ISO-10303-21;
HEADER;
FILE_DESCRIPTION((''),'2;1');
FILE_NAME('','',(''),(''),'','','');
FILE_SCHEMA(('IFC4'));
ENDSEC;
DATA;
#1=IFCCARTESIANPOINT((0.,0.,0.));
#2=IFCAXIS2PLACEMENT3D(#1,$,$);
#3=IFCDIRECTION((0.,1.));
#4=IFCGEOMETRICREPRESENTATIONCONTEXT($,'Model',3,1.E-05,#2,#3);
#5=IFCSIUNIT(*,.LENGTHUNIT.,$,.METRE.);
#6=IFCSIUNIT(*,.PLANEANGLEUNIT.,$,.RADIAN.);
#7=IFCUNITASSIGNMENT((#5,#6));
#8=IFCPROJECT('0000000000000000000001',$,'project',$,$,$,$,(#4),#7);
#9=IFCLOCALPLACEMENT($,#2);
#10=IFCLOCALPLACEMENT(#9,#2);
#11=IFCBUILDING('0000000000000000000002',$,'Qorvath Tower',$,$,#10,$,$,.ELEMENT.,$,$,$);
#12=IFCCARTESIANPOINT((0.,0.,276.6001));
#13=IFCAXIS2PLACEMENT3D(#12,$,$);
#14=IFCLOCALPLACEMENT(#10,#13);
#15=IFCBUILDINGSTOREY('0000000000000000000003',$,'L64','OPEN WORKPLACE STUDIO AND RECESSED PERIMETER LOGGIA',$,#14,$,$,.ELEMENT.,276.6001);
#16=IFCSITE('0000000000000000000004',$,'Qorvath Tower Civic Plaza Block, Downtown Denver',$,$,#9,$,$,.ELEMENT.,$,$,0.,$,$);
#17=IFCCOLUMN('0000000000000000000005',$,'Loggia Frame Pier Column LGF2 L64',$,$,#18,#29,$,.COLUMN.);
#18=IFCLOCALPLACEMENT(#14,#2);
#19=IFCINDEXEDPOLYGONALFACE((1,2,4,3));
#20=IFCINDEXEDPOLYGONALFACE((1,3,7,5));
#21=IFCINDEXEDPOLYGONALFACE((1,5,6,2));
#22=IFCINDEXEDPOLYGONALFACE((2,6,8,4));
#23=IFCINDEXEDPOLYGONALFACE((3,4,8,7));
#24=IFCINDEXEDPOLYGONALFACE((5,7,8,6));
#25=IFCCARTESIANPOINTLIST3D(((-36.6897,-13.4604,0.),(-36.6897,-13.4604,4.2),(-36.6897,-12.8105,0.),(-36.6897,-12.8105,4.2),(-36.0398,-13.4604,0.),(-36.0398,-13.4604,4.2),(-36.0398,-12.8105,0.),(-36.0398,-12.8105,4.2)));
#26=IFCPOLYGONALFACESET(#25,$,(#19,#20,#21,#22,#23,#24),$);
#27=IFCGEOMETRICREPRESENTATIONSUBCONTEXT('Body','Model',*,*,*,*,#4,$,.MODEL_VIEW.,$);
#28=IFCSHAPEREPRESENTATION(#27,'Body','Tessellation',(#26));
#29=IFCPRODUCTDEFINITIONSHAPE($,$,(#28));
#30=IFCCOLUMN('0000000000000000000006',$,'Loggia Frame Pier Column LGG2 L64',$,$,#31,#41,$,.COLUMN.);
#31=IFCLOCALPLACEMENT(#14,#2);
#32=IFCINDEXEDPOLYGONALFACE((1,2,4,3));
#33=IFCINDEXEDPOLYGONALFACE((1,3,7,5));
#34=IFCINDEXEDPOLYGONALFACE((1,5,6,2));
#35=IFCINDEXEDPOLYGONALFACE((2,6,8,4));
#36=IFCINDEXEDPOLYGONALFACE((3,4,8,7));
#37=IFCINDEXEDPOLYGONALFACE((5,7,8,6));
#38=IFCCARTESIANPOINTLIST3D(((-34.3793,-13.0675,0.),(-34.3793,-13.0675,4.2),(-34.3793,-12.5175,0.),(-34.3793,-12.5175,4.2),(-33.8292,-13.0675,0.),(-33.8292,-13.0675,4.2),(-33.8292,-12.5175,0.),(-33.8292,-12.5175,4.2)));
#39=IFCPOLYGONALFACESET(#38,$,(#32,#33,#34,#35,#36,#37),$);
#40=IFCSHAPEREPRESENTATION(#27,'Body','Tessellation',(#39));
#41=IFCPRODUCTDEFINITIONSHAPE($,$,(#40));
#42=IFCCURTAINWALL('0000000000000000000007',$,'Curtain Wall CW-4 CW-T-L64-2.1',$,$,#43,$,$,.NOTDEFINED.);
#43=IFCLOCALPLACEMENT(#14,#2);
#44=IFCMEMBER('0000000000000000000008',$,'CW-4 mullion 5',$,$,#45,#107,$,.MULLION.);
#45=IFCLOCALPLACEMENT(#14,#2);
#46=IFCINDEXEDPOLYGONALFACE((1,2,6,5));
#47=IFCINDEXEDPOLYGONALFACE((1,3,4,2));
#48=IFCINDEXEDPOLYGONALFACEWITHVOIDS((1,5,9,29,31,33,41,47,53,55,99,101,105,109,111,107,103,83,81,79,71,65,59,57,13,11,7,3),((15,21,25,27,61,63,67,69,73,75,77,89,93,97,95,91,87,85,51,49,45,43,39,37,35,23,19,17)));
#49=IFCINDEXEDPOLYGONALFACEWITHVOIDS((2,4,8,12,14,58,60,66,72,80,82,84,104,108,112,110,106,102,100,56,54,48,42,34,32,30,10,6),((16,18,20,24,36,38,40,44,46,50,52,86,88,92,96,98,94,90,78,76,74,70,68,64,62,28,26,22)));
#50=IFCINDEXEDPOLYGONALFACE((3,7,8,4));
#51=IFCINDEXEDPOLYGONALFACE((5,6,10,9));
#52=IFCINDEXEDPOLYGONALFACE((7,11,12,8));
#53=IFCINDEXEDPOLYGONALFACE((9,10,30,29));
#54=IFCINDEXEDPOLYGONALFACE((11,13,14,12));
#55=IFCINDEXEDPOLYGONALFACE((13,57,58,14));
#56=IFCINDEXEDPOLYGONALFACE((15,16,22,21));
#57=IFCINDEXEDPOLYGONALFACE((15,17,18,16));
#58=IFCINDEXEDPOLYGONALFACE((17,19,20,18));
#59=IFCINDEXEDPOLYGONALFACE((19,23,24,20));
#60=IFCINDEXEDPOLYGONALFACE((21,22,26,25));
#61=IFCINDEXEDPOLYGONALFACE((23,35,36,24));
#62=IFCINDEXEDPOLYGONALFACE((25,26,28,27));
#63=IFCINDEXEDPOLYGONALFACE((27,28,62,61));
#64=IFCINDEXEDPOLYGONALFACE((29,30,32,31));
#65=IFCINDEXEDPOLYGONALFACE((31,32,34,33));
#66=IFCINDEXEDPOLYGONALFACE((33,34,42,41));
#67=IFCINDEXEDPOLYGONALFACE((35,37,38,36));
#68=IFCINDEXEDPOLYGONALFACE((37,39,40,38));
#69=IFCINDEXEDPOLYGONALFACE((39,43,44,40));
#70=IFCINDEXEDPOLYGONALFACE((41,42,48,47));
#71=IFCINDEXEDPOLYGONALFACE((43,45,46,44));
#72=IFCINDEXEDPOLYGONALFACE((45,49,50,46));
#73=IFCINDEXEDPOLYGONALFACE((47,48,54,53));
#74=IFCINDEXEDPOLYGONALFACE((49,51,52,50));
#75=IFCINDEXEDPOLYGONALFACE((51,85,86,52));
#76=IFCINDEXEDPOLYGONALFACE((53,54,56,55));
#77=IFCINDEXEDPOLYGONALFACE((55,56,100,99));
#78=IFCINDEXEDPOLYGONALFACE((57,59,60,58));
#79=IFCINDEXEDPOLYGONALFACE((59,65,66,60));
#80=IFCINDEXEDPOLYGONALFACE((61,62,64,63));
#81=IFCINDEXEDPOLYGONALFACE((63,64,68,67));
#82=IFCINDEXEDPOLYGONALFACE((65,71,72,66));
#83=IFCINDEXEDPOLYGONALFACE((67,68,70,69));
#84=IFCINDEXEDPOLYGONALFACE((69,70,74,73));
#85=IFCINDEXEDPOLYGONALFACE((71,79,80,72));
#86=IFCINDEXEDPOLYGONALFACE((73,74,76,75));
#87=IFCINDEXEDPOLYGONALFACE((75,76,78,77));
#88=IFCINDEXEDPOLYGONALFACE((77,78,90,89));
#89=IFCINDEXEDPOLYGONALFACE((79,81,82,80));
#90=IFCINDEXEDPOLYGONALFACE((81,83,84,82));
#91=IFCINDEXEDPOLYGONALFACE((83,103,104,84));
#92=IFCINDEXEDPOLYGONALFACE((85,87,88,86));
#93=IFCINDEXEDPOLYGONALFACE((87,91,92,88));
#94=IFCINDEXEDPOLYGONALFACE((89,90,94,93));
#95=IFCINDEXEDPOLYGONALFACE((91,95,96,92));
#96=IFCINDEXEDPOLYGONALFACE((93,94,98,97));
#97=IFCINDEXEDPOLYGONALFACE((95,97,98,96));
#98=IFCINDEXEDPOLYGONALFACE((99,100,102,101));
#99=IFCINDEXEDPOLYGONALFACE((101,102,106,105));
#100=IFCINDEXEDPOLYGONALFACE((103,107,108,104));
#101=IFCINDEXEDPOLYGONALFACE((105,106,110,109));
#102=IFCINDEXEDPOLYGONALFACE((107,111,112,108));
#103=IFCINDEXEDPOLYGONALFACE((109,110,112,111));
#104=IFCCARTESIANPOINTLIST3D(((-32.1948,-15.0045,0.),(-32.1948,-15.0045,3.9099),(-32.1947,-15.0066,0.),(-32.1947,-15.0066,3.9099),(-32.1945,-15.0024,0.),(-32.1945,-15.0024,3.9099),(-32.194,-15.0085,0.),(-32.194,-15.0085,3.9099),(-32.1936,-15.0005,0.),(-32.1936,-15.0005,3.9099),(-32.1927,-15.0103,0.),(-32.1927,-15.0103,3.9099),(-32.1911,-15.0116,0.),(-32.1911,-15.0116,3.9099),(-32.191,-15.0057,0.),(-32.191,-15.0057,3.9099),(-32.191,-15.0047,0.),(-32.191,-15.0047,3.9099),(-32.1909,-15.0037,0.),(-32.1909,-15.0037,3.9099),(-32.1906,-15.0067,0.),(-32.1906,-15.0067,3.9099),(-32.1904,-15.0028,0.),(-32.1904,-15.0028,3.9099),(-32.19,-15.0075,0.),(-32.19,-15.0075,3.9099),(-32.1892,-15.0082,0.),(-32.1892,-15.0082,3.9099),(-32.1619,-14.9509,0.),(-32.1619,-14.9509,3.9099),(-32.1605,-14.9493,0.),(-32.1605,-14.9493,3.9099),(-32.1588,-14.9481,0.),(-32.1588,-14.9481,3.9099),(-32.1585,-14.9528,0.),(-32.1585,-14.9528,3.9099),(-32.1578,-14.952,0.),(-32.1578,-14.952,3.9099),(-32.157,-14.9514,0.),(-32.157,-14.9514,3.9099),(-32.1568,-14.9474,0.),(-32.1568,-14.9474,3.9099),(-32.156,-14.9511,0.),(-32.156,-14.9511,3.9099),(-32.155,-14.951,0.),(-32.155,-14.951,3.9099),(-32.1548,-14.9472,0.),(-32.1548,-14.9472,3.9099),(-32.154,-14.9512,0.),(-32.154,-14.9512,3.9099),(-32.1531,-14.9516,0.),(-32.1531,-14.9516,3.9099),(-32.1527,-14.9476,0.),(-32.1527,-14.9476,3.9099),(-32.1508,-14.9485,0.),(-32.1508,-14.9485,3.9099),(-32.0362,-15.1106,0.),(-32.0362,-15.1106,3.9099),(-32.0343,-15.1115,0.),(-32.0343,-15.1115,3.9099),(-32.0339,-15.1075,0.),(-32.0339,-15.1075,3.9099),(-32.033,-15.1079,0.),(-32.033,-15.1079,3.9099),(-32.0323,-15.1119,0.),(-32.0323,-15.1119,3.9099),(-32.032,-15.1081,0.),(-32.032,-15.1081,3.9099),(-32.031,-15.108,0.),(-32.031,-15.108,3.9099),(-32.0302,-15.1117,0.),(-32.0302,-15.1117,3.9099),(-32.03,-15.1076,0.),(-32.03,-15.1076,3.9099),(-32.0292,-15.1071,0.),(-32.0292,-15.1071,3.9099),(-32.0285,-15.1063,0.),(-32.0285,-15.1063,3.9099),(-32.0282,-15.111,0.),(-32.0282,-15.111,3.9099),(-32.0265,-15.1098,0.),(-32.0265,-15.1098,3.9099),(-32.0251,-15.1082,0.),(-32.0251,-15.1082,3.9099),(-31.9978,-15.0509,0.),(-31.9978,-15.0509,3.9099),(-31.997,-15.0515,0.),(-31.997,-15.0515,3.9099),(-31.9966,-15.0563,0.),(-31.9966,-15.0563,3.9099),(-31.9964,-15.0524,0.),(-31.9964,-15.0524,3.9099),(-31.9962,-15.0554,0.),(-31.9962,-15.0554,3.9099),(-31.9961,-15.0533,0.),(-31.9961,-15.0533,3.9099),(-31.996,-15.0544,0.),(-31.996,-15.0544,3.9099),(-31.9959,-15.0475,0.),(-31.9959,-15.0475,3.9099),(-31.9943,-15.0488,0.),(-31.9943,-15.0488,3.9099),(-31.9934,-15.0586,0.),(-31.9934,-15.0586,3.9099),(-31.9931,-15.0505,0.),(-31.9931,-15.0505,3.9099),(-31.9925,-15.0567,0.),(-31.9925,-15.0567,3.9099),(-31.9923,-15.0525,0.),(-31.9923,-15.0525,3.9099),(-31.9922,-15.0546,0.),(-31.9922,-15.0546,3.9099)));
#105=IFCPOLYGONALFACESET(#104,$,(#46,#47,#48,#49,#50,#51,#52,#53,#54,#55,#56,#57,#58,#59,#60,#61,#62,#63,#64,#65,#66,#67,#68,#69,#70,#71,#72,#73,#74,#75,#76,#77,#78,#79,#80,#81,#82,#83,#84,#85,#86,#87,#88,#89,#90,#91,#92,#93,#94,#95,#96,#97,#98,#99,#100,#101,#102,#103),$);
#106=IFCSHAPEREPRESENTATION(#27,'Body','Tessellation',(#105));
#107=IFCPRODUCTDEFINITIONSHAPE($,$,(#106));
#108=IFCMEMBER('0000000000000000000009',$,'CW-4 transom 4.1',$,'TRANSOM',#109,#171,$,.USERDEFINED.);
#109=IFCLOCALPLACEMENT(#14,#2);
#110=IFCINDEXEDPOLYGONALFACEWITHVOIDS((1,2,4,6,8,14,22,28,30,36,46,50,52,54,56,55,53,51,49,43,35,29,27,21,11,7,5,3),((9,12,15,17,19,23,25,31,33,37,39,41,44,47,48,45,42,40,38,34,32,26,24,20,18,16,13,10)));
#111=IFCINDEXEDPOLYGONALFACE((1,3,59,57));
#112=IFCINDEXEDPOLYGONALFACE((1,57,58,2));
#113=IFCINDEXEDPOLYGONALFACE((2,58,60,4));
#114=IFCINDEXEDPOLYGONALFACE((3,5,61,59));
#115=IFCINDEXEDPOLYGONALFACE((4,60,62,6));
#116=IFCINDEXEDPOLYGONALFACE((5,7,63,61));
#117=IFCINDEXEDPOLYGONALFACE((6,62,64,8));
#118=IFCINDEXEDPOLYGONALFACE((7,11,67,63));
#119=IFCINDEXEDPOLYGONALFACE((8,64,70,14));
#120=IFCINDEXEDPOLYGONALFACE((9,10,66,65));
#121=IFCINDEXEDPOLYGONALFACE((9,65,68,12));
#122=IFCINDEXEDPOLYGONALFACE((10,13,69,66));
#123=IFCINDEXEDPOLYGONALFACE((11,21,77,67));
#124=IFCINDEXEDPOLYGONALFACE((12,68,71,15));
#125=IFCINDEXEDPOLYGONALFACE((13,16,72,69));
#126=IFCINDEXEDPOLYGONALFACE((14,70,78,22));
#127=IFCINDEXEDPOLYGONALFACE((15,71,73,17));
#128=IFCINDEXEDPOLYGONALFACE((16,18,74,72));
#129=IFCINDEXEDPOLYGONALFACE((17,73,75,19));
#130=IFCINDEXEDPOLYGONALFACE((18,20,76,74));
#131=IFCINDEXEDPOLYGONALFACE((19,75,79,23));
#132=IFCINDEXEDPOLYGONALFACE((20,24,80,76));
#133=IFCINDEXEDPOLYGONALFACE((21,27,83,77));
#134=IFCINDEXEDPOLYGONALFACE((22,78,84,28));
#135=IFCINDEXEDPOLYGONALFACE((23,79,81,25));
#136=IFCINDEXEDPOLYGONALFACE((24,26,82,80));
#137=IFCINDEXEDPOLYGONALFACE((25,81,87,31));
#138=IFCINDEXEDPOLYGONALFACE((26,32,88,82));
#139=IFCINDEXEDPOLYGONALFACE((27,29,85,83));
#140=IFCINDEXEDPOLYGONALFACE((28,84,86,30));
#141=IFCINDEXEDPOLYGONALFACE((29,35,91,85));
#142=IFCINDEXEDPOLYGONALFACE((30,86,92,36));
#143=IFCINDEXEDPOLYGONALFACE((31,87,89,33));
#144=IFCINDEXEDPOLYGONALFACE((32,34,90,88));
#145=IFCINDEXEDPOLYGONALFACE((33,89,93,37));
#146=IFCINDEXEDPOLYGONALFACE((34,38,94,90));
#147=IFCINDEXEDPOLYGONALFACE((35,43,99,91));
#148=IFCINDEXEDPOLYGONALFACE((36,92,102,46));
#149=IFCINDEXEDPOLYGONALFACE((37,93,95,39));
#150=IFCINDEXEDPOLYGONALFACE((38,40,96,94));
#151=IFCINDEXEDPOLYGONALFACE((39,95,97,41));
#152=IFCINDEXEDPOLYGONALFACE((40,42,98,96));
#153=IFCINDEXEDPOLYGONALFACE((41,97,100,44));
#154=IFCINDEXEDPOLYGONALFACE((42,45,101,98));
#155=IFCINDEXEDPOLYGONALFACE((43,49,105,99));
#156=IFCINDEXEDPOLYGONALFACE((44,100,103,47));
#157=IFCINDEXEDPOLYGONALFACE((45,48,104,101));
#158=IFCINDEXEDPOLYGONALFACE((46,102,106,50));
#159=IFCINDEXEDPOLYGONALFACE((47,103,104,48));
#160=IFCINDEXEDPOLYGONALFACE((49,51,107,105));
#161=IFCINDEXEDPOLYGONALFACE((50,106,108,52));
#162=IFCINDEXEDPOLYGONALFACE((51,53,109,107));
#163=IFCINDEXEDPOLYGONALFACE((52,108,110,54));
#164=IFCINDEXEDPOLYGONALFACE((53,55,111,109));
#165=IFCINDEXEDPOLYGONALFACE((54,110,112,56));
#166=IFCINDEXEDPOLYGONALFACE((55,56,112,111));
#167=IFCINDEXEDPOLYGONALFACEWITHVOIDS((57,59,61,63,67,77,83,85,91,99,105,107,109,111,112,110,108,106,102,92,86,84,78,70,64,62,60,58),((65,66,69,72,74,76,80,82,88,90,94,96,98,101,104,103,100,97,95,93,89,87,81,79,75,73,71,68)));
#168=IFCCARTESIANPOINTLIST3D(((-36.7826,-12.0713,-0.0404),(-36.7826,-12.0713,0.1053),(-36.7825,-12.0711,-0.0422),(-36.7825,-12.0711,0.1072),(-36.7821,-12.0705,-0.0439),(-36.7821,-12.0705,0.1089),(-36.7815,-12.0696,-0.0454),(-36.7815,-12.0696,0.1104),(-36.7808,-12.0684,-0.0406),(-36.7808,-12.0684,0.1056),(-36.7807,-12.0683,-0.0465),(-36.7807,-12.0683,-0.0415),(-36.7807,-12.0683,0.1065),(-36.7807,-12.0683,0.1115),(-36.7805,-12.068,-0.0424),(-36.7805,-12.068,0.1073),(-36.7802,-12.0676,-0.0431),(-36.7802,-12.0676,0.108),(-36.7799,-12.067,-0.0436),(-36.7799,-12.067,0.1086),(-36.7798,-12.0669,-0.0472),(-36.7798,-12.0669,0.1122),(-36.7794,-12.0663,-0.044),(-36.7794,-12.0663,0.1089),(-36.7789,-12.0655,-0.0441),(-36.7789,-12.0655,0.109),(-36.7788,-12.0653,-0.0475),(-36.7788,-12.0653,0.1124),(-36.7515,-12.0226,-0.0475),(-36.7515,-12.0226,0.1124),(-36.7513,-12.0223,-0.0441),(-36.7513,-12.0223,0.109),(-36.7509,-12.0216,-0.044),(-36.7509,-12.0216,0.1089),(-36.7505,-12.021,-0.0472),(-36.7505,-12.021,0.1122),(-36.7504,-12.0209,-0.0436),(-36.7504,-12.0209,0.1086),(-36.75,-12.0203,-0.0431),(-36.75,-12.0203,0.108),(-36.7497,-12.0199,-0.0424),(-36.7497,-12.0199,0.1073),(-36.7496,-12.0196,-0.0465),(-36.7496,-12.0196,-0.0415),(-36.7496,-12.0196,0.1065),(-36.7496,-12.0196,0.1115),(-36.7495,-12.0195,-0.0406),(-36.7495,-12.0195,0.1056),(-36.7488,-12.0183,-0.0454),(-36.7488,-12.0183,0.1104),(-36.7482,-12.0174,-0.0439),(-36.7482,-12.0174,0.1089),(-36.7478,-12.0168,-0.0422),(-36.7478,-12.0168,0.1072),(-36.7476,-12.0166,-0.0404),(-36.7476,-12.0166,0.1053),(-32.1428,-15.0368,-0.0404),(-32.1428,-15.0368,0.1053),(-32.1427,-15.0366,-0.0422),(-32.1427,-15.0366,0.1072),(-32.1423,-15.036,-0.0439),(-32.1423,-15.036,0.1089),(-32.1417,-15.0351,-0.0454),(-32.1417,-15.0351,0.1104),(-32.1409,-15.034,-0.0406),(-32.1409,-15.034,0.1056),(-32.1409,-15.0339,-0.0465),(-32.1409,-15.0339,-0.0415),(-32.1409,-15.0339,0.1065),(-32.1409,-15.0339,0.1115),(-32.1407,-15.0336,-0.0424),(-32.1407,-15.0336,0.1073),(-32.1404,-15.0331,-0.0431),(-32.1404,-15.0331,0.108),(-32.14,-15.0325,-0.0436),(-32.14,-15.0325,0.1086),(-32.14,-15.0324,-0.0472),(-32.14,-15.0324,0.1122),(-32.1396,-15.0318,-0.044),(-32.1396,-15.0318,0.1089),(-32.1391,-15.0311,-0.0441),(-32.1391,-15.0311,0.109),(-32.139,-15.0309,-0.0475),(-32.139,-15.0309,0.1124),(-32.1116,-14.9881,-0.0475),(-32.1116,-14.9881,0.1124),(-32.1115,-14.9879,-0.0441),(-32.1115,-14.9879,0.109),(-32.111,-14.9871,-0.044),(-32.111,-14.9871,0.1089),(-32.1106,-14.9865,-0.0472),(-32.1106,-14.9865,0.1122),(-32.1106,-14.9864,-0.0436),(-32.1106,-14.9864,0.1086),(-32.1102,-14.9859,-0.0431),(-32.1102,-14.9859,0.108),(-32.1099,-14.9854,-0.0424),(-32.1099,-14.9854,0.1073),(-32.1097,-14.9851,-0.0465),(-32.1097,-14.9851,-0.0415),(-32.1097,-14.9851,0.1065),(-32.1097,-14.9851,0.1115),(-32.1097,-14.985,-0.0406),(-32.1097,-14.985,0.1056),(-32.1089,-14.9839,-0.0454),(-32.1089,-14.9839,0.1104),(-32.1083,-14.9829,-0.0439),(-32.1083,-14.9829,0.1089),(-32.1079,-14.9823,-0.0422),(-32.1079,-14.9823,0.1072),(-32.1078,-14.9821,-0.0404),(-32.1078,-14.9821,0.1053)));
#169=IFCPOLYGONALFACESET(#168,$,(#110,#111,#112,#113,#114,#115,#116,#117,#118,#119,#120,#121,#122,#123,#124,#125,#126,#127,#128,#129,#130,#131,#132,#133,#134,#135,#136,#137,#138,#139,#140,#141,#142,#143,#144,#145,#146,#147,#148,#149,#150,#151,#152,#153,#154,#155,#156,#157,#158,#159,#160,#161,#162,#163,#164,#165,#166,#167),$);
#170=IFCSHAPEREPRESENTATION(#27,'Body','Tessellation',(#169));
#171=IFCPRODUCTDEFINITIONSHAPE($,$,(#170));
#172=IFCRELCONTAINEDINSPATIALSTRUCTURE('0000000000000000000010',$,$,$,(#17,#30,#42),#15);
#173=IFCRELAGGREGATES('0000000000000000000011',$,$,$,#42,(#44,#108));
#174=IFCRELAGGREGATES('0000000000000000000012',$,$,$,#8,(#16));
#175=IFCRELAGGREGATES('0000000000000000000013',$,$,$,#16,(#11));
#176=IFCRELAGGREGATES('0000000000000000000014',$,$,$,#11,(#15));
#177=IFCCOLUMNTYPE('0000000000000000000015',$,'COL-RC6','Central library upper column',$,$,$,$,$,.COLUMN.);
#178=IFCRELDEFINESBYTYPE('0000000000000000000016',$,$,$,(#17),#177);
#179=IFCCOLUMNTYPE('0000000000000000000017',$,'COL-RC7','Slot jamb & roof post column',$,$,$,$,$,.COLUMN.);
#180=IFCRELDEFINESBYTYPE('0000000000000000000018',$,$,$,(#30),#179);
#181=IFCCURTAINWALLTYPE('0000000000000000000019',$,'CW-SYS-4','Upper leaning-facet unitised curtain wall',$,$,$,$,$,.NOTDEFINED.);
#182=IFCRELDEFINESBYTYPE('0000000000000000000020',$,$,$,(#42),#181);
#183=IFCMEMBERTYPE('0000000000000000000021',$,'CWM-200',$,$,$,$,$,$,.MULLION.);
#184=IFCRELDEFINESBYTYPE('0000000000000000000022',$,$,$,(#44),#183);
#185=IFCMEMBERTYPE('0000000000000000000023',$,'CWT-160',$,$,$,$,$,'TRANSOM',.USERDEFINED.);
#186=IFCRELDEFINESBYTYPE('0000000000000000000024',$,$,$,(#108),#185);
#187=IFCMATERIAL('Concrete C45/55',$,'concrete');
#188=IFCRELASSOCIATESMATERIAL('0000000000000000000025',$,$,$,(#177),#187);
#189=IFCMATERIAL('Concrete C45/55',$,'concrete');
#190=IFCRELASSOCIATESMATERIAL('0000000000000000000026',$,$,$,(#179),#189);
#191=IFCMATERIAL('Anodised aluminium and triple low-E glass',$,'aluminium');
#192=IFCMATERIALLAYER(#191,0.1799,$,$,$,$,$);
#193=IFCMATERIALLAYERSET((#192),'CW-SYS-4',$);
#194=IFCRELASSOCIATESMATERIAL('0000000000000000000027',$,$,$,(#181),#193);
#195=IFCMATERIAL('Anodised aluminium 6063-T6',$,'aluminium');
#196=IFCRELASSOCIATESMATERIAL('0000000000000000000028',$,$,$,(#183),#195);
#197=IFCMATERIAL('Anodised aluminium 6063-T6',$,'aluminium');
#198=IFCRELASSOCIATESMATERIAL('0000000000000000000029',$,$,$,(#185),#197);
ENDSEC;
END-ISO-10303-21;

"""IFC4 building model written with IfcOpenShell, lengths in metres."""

from ifc_helpers import new_model, si_unit, direction, frame, origin, origin_2d, place, context, subcontext, project, spatial, rectangle, hollow_rectangle, extrude, material, layer, layer_set, material_profile, profile_set, type_object, element, aggregate, save


model = new_model("IFC4")

# Units and contexts
model_context = context("Model", 3, precision=1e-05, world=origin(), true_north=direction((0.0, 1.0)))
body_context = subcontext(model_context, "Body", "Model", "MODEL_VIEW")
ifc_project = project(units=[si_unit("LENGTHUNIT", "METRE"), si_unit("PLANEANGLEUNIT", "RADIAN")], contexts=[model_context])

# Site, building, storey
site_placement = place(None, origin())
site = spatial("IfcSite", under=ifc_project, at=site_placement, Name="Qorvath Tower Civic Plaza Block, Downtown Denver", CompositionType="ELEMENT", RefElevation=0.0)
building_placement = place(site_placement, origin())
building = spatial("IfcBuilding", under=site, at=building_placement, Name="Qorvath Tower", CompositionType="ELEMENT")
storey_placement = place(building_placement, frame((0.0, 0.0, 276.6001)))
storey = spatial("IfcBuildingStorey", under=building, at=storey_placement, Name="L64", Description="OPEN WORKPLACE STUDIO AND RECESSED PERIMETER LOGGIA", CompositionType="ELEMENT", Elevation=276.6001)

# Columns
ifc_material_1 = material(Name="Concrete C45/55", Category="concrete")
ifc_material_profile_1 = material_profile(ifc_material_1, rectangle(XDim=0.6499, YDim=0.6499, at=origin_2d()), Name="RC 650x650")
ifc_profile_set_1 = profile_set([ifc_material_profile_1], Name="Concrete C45/55")
column_type_1 = type_object("IfcColumnType", Name="COL-RC6", Description="Central library upper column", PredefinedType="COLUMN", material=ifc_profile_set_1)
column_1_placement = place(storey_placement, frame((-36.3647, -13.1355, 0.0), z_axis=(0.0, 0.0, 1.0), x_axis=(1.0, 0.0, 0.0)))
element("IfcColumn", 1, at=column_1_placement, inside=storey, type_object=column_type_1, Name="Loggia Frame Pier Column LGF2 L64", PredefinedType="COLUMN", context=body_context, shape_type="SweptSolid", body=[
    extrude(rectangle(XDim=0.6499, YDim=0.6499, at=origin_2d()), origin(), (0.0, 0.0, 1.0), 4.2),
])
ifc_material_2 = material(Name="Concrete C45/55", Category="concrete")
ifc_material_profile_2 = material_profile(ifc_material_2, rectangle(XDim=0.55, YDim=0.55, at=origin_2d()), Name="RC 550x550")
ifc_profile_set_2 = profile_set([ifc_material_profile_2], Name="Concrete C45/55")
column_type_2 = type_object("IfcColumnType", Name="COL-RC7", Description="Slot jamb & roof post column", PredefinedType="COLUMN", material=ifc_profile_set_2)
column_2_placement = place(storey_placement, frame((-34.1042, -12.7925, 0.0), z_axis=(0.0, 0.0, 1.0), x_axis=(1.0, 0.0, 0.0)))
element("IfcColumn", 2, at=column_2_placement, inside=storey, type_object=column_type_2, Name="Loggia Frame Pier Column LGG2 L64", PredefinedType="COLUMN", context=body_context, shape_type="SweptSolid", body=[
    extrude(rectangle(XDim=0.55, YDim=0.55, at=origin_2d()), origin(), (0.0, 0.0, 1.0), 4.2),
])

# Curtain wall, members
ifc_material_3 = material(Name="Anodised aluminium and triple low-E glass", Category="aluminium")
ifc_layer_1 = layer(ifc_material_3, 0.1799)
ifc_layer_set_1 = layer_set([ifc_layer_1], Name="CW-SYS-4")
curtain_wall_type = type_object("IfcCurtainWallType", Name="CW-SYS-4", Description="Upper leaning-facet unitised curtain wall", PredefinedType="NOTDEFINED", material=ifc_layer_set_1)
curtain_wall_placement = place(storey_placement, origin())
curtain_wall = element("IfcCurtainWall", 3, at=curtain_wall_placement, inside=storey, type_object=curtain_wall_type, Name="Curtain Wall CW-4 CW-T-L64-2.1", PredefinedType="NOTDEFINED")
ifc_material_4 = material(Name="Anodised aluminium 6063-T6", Category="aluminium")
ifc_material_profile_3 = material_profile(ifc_material_4, hollow_rectangle(XDim=0.075, YDim=0.2, WallThickness=0.0039, InnerFilletRadius=0.0039, OuterFilletRadius=0.0081, at=origin_2d()), Name="CWM 200x75")
ifc_profile_set_3 = profile_set([ifc_material_profile_3], Name="Anodised aluminium 6063-T6")
member_type_1 = type_object("IfcMemberType", Name="CWM-200", PredefinedType="MULLION", material=ifc_profile_set_3)
member_1_placement = place(storey_placement, frame((-32.0935, -15.0295, 0.0), z_axis=(0.0, 0.0, 1.0), x_axis=(0.538534, 0.842604, 0.0)))
member_1 = element("IfcMember", 4, at=member_1_placement, type_object=member_type_1, Name="CW-4 mullion 5", PredefinedType="MULLION", context=body_context, shape_type="SweptSolid", body=[
    extrude(hollow_rectangle(XDim=0.075, YDim=0.2, WallThickness=0.0039, InnerFilletRadius=0.0039, OuterFilletRadius=0.0081, at=origin_2d()), origin(), (0.0, 0.0, 1.0), 3.9099),
])
ifc_material_5 = material(Name="Anodised aluminium 6063-T6", Category="aluminium")
ifc_material_profile_4 = material_profile(ifc_material_5, hollow_rectangle(XDim=0.0649, YDim=0.1599, WallThickness=0.0034, InnerFilletRadius=0.0034, OuterFilletRadius=0.0071, at=origin_2d()), Name="CWT 160x65")
ifc_profile_set_4 = profile_set([ifc_material_profile_4], Name="Anodised aluminium 6063-T6")
member_type_2 = type_object("IfcMemberType", Name="CWT-160", ElementType="TRANSOM", PredefinedType="USERDEFINED", material=ifc_profile_set_4)
member_2_placement = place(storey_placement, frame((-36.7651, -12.0439, 0.0325), z_axis=(0.842597, -0.538544, 0.0), x_axis=(0.538544, 0.842597, 0.0)))
member_2 = element("IfcMember", 5, at=member_2_placement, type_object=member_type_2, Name="CW-4 transom 4.1", ObjectType="TRANSOM", PredefinedType="USERDEFINED", context=body_context, shape_type="SweptSolid", body=[
    extrude(hollow_rectangle(XDim=0.0649, YDim=0.1599, WallThickness=0.0034, InnerFilletRadius=0.0034, OuterFilletRadius=0.0071, at=origin_2d()), origin(), (0.0, 0.0, 1.0), 5.5066),
])
aggregate(curtain_wall, [member_1, member_2])

save(model, "model.ifc")
